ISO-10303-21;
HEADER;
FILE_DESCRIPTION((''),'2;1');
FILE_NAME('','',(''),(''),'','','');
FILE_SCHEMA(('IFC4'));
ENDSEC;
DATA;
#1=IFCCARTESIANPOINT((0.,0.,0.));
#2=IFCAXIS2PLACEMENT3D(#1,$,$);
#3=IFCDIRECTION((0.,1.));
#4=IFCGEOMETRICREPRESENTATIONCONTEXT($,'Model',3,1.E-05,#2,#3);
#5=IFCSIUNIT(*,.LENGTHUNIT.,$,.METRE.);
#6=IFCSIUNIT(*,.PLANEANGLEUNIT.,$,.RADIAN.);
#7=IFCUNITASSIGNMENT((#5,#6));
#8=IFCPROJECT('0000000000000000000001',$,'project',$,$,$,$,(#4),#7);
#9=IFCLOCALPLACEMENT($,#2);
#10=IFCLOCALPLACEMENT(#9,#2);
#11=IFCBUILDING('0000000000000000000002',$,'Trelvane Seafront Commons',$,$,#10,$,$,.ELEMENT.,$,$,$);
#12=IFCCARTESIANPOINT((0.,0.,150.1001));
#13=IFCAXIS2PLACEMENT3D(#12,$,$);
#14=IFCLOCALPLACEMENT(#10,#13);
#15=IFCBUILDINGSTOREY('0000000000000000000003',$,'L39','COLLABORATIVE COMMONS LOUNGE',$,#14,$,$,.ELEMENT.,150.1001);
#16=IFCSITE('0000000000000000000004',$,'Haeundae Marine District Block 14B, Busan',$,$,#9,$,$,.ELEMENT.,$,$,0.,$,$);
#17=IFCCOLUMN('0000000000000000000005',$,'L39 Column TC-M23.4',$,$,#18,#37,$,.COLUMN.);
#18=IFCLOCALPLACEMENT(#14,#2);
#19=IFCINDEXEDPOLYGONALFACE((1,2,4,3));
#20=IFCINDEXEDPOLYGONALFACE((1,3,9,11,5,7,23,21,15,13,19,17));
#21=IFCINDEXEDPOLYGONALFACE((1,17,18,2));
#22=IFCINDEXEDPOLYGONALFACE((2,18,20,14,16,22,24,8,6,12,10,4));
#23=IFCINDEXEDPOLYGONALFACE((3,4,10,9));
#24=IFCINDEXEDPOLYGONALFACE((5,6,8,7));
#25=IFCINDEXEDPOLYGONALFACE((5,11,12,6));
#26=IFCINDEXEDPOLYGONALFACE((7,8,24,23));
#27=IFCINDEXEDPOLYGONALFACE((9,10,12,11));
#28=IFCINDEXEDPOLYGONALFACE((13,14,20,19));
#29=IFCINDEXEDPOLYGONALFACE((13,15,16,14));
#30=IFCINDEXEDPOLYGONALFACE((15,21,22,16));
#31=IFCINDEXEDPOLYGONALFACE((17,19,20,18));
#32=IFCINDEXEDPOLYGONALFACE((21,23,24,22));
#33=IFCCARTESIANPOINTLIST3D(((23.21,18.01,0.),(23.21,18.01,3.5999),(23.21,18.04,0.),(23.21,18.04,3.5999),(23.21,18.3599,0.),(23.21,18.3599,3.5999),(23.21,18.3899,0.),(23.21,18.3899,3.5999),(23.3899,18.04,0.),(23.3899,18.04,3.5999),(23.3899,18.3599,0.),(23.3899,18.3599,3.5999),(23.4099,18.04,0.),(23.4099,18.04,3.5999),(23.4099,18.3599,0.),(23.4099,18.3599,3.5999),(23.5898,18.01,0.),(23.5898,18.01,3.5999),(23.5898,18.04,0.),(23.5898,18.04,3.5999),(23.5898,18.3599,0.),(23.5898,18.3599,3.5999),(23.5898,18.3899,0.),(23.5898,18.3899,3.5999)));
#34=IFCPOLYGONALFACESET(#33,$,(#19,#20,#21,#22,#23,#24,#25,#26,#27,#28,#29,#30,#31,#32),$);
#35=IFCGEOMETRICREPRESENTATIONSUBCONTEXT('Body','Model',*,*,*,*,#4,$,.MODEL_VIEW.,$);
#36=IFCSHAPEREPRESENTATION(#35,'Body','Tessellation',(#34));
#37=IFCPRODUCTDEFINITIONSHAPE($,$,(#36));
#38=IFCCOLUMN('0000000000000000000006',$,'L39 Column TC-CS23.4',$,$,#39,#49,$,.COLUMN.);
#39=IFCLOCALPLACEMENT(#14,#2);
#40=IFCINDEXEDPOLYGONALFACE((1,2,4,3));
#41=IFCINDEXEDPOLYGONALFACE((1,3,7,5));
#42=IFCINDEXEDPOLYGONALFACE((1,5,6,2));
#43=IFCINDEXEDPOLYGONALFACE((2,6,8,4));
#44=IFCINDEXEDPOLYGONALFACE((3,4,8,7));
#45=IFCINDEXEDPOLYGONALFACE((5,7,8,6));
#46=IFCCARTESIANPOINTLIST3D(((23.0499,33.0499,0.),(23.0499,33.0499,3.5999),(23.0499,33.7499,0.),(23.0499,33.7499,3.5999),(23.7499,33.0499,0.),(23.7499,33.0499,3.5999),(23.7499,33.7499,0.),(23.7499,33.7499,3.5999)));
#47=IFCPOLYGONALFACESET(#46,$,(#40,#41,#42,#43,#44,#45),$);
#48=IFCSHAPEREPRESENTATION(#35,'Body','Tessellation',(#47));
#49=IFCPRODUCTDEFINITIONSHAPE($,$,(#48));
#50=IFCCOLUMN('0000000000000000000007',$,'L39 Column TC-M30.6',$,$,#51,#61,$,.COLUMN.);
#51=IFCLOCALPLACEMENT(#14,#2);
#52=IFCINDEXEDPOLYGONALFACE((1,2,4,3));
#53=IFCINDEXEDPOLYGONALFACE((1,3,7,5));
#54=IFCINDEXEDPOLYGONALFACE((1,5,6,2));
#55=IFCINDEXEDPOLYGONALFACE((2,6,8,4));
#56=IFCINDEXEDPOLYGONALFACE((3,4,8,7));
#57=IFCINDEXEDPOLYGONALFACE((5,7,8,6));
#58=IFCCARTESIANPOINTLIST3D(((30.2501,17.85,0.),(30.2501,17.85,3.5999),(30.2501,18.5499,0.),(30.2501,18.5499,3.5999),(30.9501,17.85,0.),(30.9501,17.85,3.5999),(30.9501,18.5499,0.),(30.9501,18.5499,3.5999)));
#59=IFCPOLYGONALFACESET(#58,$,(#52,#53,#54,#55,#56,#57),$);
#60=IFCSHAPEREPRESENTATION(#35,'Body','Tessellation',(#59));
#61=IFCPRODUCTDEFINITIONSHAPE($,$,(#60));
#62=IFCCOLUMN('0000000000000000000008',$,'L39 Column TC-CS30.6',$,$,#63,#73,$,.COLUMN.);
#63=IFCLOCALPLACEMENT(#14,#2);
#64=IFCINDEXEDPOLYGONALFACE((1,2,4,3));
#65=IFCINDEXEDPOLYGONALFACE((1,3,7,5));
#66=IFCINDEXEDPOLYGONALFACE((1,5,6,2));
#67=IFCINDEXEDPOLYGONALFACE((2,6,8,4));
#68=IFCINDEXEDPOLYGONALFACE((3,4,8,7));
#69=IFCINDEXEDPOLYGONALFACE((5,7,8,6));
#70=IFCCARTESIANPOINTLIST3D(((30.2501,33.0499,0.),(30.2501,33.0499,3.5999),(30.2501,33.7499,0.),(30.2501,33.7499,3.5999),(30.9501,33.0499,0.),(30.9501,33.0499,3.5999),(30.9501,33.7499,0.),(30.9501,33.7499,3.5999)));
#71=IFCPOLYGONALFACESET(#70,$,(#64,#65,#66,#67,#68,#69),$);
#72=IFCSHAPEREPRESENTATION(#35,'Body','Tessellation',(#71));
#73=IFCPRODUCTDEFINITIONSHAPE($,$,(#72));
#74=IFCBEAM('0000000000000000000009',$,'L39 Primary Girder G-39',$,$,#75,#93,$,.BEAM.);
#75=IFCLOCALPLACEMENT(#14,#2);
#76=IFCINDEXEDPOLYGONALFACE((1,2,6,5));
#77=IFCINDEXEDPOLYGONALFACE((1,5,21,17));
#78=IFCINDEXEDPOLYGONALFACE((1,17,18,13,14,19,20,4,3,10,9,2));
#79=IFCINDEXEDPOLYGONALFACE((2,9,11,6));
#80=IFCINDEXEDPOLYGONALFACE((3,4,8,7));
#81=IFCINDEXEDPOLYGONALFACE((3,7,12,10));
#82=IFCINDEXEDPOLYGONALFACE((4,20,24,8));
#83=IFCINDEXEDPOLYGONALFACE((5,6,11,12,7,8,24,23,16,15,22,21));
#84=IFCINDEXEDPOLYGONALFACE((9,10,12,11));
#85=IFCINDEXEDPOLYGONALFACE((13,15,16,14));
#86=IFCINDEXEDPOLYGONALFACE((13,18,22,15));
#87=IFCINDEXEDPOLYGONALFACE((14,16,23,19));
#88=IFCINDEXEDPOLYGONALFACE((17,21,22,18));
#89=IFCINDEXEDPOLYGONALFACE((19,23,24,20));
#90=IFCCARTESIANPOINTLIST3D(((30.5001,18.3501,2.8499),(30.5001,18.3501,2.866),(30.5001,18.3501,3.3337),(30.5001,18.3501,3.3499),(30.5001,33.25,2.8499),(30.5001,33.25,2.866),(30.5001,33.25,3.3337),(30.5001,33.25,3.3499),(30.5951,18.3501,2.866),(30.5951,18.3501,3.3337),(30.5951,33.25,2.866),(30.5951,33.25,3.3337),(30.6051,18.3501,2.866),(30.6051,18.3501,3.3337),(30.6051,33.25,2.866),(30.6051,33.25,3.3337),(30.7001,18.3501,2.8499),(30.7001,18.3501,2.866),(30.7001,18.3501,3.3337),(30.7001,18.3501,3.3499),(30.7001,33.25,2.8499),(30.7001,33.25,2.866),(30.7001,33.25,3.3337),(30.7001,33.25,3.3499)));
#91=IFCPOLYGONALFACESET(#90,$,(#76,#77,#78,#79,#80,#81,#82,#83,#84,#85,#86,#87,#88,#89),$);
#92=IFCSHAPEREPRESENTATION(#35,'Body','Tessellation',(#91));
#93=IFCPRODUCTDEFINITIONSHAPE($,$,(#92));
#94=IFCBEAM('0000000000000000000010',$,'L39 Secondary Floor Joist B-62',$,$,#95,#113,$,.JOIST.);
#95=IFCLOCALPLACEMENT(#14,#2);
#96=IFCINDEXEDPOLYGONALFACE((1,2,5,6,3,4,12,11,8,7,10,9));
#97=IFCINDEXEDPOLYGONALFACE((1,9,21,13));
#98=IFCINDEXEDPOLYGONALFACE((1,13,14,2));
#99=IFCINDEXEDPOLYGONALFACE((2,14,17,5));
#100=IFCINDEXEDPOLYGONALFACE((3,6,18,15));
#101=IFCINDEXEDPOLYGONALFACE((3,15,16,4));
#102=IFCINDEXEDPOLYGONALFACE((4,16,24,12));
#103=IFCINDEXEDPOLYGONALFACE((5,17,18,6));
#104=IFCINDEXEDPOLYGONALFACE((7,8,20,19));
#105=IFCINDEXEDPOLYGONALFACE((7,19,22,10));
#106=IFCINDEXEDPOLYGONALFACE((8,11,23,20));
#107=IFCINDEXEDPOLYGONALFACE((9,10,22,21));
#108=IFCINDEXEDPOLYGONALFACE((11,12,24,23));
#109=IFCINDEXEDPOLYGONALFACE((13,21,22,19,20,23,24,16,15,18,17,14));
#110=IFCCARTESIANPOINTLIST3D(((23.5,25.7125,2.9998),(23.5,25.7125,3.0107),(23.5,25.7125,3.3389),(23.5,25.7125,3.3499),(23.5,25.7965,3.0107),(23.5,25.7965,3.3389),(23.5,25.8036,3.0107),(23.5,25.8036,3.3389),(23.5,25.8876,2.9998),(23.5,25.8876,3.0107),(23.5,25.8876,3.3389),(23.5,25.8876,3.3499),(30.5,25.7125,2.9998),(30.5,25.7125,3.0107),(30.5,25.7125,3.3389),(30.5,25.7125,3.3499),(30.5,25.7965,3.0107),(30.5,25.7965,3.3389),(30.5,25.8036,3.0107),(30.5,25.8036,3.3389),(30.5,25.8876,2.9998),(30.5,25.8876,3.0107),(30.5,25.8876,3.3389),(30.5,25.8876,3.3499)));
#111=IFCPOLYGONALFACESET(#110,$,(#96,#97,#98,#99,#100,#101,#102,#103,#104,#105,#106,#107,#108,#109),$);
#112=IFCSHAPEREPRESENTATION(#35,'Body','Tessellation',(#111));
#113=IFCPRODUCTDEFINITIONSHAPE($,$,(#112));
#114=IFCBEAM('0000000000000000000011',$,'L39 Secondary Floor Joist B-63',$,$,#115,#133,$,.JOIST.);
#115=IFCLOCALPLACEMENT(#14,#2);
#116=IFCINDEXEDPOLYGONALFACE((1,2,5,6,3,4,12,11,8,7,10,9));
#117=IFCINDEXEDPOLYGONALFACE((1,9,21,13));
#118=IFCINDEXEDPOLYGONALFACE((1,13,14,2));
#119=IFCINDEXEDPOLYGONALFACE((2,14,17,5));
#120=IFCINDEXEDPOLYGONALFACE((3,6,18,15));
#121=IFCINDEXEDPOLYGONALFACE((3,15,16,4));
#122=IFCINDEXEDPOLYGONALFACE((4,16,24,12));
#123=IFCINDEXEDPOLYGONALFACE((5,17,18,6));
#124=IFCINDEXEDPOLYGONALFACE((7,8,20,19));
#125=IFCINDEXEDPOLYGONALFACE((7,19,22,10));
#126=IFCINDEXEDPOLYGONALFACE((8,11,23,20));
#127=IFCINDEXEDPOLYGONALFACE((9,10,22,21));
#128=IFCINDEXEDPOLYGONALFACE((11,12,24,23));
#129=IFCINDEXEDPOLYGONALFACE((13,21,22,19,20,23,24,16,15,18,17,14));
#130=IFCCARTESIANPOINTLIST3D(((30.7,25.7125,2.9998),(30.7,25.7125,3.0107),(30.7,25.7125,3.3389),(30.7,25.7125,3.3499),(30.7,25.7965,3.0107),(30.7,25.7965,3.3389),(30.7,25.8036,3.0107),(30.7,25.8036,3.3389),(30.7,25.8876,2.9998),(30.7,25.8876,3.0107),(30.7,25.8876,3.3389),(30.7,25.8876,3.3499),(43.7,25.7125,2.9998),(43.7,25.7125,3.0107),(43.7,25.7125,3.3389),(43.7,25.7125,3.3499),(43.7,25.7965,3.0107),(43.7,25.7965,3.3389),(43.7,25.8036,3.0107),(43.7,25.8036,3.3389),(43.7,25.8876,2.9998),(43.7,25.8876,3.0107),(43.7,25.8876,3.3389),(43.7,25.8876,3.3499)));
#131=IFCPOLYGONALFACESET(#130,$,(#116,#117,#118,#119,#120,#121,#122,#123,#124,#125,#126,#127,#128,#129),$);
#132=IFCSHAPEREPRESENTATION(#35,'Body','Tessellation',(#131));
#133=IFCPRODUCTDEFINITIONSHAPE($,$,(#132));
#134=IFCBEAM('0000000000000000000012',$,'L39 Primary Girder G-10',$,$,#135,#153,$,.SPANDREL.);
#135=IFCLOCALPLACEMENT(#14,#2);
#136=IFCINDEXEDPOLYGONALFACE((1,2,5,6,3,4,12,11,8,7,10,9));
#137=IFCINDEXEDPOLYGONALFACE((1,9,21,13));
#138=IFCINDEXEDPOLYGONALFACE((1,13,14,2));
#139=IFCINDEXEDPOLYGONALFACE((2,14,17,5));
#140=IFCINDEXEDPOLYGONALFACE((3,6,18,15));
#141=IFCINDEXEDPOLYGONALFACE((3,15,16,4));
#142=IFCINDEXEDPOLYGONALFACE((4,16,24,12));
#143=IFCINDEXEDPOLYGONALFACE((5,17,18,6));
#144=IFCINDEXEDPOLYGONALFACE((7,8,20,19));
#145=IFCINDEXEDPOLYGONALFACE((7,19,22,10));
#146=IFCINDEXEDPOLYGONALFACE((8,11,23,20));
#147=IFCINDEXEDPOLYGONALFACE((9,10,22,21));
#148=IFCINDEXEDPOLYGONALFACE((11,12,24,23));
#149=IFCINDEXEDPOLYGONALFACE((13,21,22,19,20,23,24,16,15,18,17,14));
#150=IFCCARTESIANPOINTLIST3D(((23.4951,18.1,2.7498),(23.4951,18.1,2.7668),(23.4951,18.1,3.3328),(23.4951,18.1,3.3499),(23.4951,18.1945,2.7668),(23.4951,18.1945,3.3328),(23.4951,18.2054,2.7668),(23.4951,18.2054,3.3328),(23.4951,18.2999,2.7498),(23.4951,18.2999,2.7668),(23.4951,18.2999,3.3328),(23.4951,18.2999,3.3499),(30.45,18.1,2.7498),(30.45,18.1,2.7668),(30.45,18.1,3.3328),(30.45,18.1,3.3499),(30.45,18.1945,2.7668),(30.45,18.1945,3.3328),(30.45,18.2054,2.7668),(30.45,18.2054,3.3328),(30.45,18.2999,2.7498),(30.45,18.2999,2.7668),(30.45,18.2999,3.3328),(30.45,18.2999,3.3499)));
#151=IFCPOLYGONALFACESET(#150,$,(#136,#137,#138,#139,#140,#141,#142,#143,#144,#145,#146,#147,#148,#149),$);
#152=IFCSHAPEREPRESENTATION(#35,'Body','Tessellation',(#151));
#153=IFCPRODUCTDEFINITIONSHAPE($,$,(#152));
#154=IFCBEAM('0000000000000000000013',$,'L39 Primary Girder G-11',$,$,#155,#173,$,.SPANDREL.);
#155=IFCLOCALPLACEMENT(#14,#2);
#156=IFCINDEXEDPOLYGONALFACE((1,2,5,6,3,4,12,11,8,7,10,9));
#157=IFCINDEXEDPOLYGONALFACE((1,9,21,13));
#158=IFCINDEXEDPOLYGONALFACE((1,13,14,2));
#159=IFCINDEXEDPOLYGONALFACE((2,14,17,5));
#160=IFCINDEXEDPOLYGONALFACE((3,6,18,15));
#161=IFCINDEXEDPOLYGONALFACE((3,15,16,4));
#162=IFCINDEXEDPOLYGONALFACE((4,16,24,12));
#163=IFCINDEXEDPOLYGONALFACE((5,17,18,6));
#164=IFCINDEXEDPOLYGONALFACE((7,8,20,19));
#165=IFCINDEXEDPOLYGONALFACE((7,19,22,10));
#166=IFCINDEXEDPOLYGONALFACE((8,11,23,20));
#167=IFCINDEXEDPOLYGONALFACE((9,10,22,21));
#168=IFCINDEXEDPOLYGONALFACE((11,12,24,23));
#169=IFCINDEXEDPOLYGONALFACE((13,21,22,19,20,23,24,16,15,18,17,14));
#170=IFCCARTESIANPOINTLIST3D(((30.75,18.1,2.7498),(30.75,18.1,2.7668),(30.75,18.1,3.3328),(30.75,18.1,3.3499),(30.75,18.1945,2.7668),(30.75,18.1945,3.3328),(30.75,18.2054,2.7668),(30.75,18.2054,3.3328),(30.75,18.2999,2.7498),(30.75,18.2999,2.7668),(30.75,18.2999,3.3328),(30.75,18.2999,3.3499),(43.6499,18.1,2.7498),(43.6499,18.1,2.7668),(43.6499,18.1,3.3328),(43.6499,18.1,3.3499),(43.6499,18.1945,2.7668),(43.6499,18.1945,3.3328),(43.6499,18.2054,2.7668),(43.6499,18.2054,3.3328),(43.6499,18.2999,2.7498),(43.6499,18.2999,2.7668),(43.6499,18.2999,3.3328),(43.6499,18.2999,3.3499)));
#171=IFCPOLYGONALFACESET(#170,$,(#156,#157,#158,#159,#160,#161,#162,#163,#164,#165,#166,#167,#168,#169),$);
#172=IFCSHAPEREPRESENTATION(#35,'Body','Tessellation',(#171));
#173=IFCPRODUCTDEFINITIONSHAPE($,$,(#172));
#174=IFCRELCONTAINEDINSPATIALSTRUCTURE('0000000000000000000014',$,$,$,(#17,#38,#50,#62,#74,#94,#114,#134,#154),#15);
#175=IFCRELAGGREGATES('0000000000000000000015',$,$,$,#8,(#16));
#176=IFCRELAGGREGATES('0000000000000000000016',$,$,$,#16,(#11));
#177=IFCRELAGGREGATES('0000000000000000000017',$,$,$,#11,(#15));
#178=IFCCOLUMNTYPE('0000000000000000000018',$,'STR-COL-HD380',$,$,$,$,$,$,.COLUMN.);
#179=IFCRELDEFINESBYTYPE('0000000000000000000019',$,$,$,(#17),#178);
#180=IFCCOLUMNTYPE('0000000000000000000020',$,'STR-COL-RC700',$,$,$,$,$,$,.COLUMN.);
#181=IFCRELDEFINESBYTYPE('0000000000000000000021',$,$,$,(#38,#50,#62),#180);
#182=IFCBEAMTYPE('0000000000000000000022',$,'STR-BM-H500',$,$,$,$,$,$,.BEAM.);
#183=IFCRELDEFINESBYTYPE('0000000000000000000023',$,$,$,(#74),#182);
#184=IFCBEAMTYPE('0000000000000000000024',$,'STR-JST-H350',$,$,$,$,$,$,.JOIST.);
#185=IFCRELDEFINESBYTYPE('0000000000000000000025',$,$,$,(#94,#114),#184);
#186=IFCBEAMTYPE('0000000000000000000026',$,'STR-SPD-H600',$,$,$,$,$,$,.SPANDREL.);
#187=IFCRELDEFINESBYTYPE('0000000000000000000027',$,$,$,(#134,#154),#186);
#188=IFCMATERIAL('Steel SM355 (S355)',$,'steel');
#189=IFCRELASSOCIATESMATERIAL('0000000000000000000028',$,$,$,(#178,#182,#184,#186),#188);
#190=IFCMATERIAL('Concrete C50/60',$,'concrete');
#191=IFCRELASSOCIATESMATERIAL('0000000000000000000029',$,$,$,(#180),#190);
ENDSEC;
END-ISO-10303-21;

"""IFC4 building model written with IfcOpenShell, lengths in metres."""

from ifc_helpers import new_model, si_unit, direction, frame, origin, origin_2d, place, context, subcontext, project, spatial, rectangle, i_section, extrude, source, transform, mapped, material, material_profile, profile_set, type_object, element, save


model = new_model("IFC4")

# Units and contexts
model_context = context("Model", 3, precision=1e-05, world=origin(), true_north=direction((0.0, 1.0)))
body_context = subcontext(model_context, "Body", "Model", "MODEL_VIEW")
ifc_project = project(units=[si_unit("LENGTHUNIT", "METRE"), si_unit("PLANEANGLEUNIT", "RADIAN")], contexts=[model_context])

# Site, building, storey
site_placement = place(None, origin())
site = spatial("IfcSite", under=ifc_project, at=site_placement, Name="Haeundae Marine District Block 14B, Busan", CompositionType="ELEMENT", RefElevation=0.0)
building_placement = place(site_placement, origin())
building = spatial("IfcBuilding", under=site, at=building_placement, Name="Trelvane Seafront Commons", CompositionType="ELEMENT")
storey_placement = place(building_placement, frame((0.0, 0.0, 150.1001)))
storey = spatial("IfcBuildingStorey", under=building, at=storey_placement, Name="L39", Description="COLLABORATIVE COMMONS LOUNGE", CompositionType="ELEMENT", Elevation=150.1001)

# Columns
ifc_material_1 = material(Name="Steel SM355 (S355)", Category="steel")
ifc_material_profile_1 = material_profile(ifc_material_1, i_section(OverallWidth=0.3799, OverallDepth=0.3799, WebThickness=0.02, FlangeThickness=0.03, at=origin_2d()), Name="HD-380x380x20x30")
ifc_profile_set_1 = profile_set([ifc_material_profile_1], Name="Steel SM355 (S355)")
column_type_1 = type_object("IfcColumnType", Name="STR-COL-HD380", PredefinedType="COLUMN", material=ifc_profile_set_1)
shared_shape_1 = source(origin(), body_context, "Body", "SweptSolid", [
    extrude(i_section(OverallWidth=0.3799, OverallDepth=0.3799, WebThickness=0.02, FlangeThickness=0.03, at=origin_2d()), origin(), (0.0, 0.0, 1.0), 3.5999),
])
column_placement = place(storey_placement, frame((23.3999, 18.2, 0.0), z_axis=(0.0, 0.0, 1.0), x_axis=(1.0, 0.0, 0.0)))
element("IfcColumn", 1, at=column_placement, inside=storey, type_object=column_type_1, Name="L39 Column TC-M23.4", PredefinedType="COLUMN", context=body_context, shape_type="MappedRepresentation", body=[
    mapped(shared_shape_1, transform((0.0, 0.0, 0.0), x_axis=(1.0, 0.0, 0.0), y_axis=(0.0, 1.0, 0.0), z_axis=(0.0, 0.0, 1.0), scale=1.0)),
])
ifc_material_2 = material(Name="Concrete C50/60", Category="concrete")
ifc_material_profile_2 = material_profile(ifc_material_2, rectangle(XDim=0.7, YDim=0.7, at=origin_2d()), Name="RC-700x700")
ifc_profile_set_2 = profile_set([ifc_material_profile_2], Name="Concrete C50/60")
column_type_2 = type_object("IfcColumnType", Name="STR-COL-RC700", PredefinedType="COLUMN", material=ifc_profile_set_2)
shared_shape_2 = source(origin(), body_context, "Body", "SweptSolid", [
    extrude(rectangle(XDim=0.7, YDim=0.7, at=origin_2d()), origin(), (0.0, 0.0, 1.0), 3.5999),
])
for number, where, z_axis, x_axis, name in (
    (2, (23.3999, 33.3999, 0.0), (0.0, 0.0, 1.0), (1.0, 0.0, 0.0), "L39 Column TC-CS23.4"),
    (3, (30.6001, 18.2, 0.0), (0.0, 0.0, 1.0), (1.0, 0.0, 0.0), "L39 Column TC-M30.6"),
    (4, (30.6001, 33.3999, 0.0), (0.0, 0.0, 1.0), (1.0, 0.0, 0.0), "L39 Column TC-CS30.6"),
):
    element("IfcColumn", number, at=place(storey_placement, frame(where, z_axis=z_axis, x_axis=x_axis)), inside=storey, type_object=column_type_2, Name=name, PredefinedType="COLUMN", context=body_context, shape_type="MappedRepresentation", body=[
        mapped(shared_shape_2, transform((0.0, 0.0, 0.0), x_axis=(1.0, 0.0, 0.0), y_axis=(0.0, 1.0, 0.0), z_axis=(0.0, 0.0, 1.0), scale=1.0)),
    ])

# Beams
ifc_material_profile_3 = material_profile(ifc_material_1, i_section(OverallWidth=0.2, OverallDepth=0.5, WebThickness=0.01, FlangeThickness=0.0161, at=origin_2d()), Name="H-500x200x10x16")
ifc_profile_set_3 = profile_set([ifc_material_profile_3], Name="Steel SM355 (S355)")
beam_type_1 = type_object("IfcBeamType", Name="STR-BM-H500", PredefinedType="BEAM", material=ifc_profile_set_3)
shared_shape_3 = source(origin(), body_context, "Body", "SweptSolid", [
    extrude(i_section(OverallWidth=0.2, OverallDepth=0.5, WebThickness=0.01, FlangeThickness=0.0161, at=origin_2d()), origin(), (0.0, 0.0, 1.0), 14.8999),
])
beam_1_placement = place(storey_placement, frame((30.6001, 18.3501, 3.0999), z_axis=(0.0, 1.0, 0.0), x_axis=(-1.0, 0.0, 0.0)))
element("IfcBeam", 5, at=beam_1_placement, inside=storey, type_object=beam_type_1, Name="L39 Primary Girder G-39", PredefinedType="BEAM", context=body_context, shape_type="MappedRepresentation", body=[
    mapped(shared_shape_3, transform((0.0, 0.0, 0.0), x_axis=(1.0, 0.0, 0.0), y_axis=(0.0, 1.0, 0.0), z_axis=(0.0, 0.0, 1.0), scale=1.0)),
])
ifc_material_profile_4 = material_profile(ifc_material_1, i_section(OverallWidth=0.175, OverallDepth=0.3501, WebThickness=0.0071, FlangeThickness=0.011, at=origin_2d()), Name="H-350x175x7x11")
ifc_profile_set_4 = profile_set([ifc_material_profile_4], Name="Steel SM355 (S355)")
beam_type_2 = type_object("IfcBeamType", Name="STR-JST-H350", PredefinedType="JOIST", material=ifc_profile_set_4)
shared_shape_4 = source(origin(), body_context, "Body", "SweptSolid", [
    extrude(i_section(OverallWidth=0.175, OverallDepth=0.3501, WebThickness=0.0071, FlangeThickness=0.011, at=origin_2d()), origin(), (0.0, 0.0, 1.0), 7.0),
])
beam_2_placement = place(storey_placement, frame((23.5, 25.8, 3.1748), z_axis=(1.0, 0.0, 0.0), x_axis=(0.0, 1.0, 0.0)))
element("IfcBeam", 6, at=beam_2_placement, inside=storey, type_object=beam_type_2, Name="L39 Secondary Floor Joist B-62", PredefinedType="JOIST", context=body_context, shape_type="MappedRepresentation", body=[
    mapped(shared_shape_4, transform((0.0, 0.0, 0.0), x_axis=(1.0, 0.0, 0.0), y_axis=(0.0, 1.0, 0.0), z_axis=(0.0, 0.0, 1.0), scale=1.0)),
])
shared_shape_5 = source(origin(), body_context, "Body", "SweptSolid", [
    extrude(i_section(OverallWidth=0.175, OverallDepth=0.3501, WebThickness=0.0071, FlangeThickness=0.011, at=origin_2d()), origin(), (0.0, 0.0, 1.0), 13.0),
])
beam_3_placement = place(storey_placement, frame((30.7, 25.8, 3.1748), z_axis=(1.0, 0.0, 0.0), x_axis=(0.0, 1.0, 0.0)))
element("IfcBeam", 7, at=beam_3_placement, inside=storey, type_object=beam_type_2, Name="L39 Secondary Floor Joist B-63", PredefinedType="JOIST", context=body_context, shape_type="MappedRepresentation", body=[
    mapped(shared_shape_5, transform((0.0, 0.0, 0.0), x_axis=(1.0, 0.0, 0.0), y_axis=(0.0, 1.0, 0.0), z_axis=(0.0, 0.0, 1.0), scale=1.0)),
])
ifc_material_profile_5 = material_profile(ifc_material_1, i_section(OverallWidth=0.2, OverallDepth=0.6001, WebThickness=0.011, FlangeThickness=0.0171, at=origin_2d()), Name="H-600x200x11x17")
ifc_profile_set_5 = profile_set([ifc_material_profile_5], Name="Steel SM355 (S355)")
beam_type_3 = type_object("IfcBeamType", Name="STR-SPD-H600", PredefinedType="SPANDREL", material=ifc_profile_set_5)
shared_shape_6 = source(origin(), body_context, "Body", "SweptSolid", [
    extrude(i_section(OverallWidth=0.2, OverallDepth=0.6001, WebThickness=0.011, FlangeThickness=0.0171, at=origin_2d()), origin(), (0.0, 0.0, 1.0), 6.9548),
])
beam_4_placement = place(storey_placement, frame((23.4951, 18.2, 3.0498), z_axis=(1.0, 0.0, 0.0), x_axis=(0.0, 1.0, 0.0)))
element("IfcBeam", 8, at=beam_4_placement, inside=storey, type_object=beam_type_3, Name="L39 Primary Girder G-10", PredefinedType="SPANDREL", context=body_context, shape_type="MappedRepresentation", body=[
    mapped(shared_shape_6, transform((0.0, 0.0, 0.0), x_axis=(1.0, 0.0, 0.0), y_axis=(0.0, 1.0, 0.0), z_axis=(0.0, 0.0, 1.0), scale=1.0)),
])
shared_shape_7 = source(origin(), body_context, "Body", "SweptSolid", [
    extrude(i_section(OverallWidth=0.2, OverallDepth=0.6001, WebThickness=0.011, FlangeThickness=0.0171, at=origin_2d()), origin(), (0.0, 0.0, 1.0), 12.8999),
])
for number, where, z_axis, x_axis, name in (
    (9, (30.75, 18.2, 3.0498), (1.0, 0.0, 0.0), (0.0, 1.0, 0.0), "L39 Primary Girder G-11"),
):
    element("IfcBeam", number, at=place(storey_placement, frame(where, z_axis=z_axis, x_axis=x_axis)), inside=storey, type_object=beam_type_3, Name=name, PredefinedType="SPANDREL", context=body_context, shape_type="MappedRepresentation", body=[
        mapped(shared_shape_7, transform((0.0, 0.0, 0.0), x_axis=(1.0, 0.0, 0.0), y_axis=(0.0, 1.0, 0.0), z_axis=(0.0, 0.0, 1.0), scale=1.0)),
    ])

save(model, "model.ifc")
